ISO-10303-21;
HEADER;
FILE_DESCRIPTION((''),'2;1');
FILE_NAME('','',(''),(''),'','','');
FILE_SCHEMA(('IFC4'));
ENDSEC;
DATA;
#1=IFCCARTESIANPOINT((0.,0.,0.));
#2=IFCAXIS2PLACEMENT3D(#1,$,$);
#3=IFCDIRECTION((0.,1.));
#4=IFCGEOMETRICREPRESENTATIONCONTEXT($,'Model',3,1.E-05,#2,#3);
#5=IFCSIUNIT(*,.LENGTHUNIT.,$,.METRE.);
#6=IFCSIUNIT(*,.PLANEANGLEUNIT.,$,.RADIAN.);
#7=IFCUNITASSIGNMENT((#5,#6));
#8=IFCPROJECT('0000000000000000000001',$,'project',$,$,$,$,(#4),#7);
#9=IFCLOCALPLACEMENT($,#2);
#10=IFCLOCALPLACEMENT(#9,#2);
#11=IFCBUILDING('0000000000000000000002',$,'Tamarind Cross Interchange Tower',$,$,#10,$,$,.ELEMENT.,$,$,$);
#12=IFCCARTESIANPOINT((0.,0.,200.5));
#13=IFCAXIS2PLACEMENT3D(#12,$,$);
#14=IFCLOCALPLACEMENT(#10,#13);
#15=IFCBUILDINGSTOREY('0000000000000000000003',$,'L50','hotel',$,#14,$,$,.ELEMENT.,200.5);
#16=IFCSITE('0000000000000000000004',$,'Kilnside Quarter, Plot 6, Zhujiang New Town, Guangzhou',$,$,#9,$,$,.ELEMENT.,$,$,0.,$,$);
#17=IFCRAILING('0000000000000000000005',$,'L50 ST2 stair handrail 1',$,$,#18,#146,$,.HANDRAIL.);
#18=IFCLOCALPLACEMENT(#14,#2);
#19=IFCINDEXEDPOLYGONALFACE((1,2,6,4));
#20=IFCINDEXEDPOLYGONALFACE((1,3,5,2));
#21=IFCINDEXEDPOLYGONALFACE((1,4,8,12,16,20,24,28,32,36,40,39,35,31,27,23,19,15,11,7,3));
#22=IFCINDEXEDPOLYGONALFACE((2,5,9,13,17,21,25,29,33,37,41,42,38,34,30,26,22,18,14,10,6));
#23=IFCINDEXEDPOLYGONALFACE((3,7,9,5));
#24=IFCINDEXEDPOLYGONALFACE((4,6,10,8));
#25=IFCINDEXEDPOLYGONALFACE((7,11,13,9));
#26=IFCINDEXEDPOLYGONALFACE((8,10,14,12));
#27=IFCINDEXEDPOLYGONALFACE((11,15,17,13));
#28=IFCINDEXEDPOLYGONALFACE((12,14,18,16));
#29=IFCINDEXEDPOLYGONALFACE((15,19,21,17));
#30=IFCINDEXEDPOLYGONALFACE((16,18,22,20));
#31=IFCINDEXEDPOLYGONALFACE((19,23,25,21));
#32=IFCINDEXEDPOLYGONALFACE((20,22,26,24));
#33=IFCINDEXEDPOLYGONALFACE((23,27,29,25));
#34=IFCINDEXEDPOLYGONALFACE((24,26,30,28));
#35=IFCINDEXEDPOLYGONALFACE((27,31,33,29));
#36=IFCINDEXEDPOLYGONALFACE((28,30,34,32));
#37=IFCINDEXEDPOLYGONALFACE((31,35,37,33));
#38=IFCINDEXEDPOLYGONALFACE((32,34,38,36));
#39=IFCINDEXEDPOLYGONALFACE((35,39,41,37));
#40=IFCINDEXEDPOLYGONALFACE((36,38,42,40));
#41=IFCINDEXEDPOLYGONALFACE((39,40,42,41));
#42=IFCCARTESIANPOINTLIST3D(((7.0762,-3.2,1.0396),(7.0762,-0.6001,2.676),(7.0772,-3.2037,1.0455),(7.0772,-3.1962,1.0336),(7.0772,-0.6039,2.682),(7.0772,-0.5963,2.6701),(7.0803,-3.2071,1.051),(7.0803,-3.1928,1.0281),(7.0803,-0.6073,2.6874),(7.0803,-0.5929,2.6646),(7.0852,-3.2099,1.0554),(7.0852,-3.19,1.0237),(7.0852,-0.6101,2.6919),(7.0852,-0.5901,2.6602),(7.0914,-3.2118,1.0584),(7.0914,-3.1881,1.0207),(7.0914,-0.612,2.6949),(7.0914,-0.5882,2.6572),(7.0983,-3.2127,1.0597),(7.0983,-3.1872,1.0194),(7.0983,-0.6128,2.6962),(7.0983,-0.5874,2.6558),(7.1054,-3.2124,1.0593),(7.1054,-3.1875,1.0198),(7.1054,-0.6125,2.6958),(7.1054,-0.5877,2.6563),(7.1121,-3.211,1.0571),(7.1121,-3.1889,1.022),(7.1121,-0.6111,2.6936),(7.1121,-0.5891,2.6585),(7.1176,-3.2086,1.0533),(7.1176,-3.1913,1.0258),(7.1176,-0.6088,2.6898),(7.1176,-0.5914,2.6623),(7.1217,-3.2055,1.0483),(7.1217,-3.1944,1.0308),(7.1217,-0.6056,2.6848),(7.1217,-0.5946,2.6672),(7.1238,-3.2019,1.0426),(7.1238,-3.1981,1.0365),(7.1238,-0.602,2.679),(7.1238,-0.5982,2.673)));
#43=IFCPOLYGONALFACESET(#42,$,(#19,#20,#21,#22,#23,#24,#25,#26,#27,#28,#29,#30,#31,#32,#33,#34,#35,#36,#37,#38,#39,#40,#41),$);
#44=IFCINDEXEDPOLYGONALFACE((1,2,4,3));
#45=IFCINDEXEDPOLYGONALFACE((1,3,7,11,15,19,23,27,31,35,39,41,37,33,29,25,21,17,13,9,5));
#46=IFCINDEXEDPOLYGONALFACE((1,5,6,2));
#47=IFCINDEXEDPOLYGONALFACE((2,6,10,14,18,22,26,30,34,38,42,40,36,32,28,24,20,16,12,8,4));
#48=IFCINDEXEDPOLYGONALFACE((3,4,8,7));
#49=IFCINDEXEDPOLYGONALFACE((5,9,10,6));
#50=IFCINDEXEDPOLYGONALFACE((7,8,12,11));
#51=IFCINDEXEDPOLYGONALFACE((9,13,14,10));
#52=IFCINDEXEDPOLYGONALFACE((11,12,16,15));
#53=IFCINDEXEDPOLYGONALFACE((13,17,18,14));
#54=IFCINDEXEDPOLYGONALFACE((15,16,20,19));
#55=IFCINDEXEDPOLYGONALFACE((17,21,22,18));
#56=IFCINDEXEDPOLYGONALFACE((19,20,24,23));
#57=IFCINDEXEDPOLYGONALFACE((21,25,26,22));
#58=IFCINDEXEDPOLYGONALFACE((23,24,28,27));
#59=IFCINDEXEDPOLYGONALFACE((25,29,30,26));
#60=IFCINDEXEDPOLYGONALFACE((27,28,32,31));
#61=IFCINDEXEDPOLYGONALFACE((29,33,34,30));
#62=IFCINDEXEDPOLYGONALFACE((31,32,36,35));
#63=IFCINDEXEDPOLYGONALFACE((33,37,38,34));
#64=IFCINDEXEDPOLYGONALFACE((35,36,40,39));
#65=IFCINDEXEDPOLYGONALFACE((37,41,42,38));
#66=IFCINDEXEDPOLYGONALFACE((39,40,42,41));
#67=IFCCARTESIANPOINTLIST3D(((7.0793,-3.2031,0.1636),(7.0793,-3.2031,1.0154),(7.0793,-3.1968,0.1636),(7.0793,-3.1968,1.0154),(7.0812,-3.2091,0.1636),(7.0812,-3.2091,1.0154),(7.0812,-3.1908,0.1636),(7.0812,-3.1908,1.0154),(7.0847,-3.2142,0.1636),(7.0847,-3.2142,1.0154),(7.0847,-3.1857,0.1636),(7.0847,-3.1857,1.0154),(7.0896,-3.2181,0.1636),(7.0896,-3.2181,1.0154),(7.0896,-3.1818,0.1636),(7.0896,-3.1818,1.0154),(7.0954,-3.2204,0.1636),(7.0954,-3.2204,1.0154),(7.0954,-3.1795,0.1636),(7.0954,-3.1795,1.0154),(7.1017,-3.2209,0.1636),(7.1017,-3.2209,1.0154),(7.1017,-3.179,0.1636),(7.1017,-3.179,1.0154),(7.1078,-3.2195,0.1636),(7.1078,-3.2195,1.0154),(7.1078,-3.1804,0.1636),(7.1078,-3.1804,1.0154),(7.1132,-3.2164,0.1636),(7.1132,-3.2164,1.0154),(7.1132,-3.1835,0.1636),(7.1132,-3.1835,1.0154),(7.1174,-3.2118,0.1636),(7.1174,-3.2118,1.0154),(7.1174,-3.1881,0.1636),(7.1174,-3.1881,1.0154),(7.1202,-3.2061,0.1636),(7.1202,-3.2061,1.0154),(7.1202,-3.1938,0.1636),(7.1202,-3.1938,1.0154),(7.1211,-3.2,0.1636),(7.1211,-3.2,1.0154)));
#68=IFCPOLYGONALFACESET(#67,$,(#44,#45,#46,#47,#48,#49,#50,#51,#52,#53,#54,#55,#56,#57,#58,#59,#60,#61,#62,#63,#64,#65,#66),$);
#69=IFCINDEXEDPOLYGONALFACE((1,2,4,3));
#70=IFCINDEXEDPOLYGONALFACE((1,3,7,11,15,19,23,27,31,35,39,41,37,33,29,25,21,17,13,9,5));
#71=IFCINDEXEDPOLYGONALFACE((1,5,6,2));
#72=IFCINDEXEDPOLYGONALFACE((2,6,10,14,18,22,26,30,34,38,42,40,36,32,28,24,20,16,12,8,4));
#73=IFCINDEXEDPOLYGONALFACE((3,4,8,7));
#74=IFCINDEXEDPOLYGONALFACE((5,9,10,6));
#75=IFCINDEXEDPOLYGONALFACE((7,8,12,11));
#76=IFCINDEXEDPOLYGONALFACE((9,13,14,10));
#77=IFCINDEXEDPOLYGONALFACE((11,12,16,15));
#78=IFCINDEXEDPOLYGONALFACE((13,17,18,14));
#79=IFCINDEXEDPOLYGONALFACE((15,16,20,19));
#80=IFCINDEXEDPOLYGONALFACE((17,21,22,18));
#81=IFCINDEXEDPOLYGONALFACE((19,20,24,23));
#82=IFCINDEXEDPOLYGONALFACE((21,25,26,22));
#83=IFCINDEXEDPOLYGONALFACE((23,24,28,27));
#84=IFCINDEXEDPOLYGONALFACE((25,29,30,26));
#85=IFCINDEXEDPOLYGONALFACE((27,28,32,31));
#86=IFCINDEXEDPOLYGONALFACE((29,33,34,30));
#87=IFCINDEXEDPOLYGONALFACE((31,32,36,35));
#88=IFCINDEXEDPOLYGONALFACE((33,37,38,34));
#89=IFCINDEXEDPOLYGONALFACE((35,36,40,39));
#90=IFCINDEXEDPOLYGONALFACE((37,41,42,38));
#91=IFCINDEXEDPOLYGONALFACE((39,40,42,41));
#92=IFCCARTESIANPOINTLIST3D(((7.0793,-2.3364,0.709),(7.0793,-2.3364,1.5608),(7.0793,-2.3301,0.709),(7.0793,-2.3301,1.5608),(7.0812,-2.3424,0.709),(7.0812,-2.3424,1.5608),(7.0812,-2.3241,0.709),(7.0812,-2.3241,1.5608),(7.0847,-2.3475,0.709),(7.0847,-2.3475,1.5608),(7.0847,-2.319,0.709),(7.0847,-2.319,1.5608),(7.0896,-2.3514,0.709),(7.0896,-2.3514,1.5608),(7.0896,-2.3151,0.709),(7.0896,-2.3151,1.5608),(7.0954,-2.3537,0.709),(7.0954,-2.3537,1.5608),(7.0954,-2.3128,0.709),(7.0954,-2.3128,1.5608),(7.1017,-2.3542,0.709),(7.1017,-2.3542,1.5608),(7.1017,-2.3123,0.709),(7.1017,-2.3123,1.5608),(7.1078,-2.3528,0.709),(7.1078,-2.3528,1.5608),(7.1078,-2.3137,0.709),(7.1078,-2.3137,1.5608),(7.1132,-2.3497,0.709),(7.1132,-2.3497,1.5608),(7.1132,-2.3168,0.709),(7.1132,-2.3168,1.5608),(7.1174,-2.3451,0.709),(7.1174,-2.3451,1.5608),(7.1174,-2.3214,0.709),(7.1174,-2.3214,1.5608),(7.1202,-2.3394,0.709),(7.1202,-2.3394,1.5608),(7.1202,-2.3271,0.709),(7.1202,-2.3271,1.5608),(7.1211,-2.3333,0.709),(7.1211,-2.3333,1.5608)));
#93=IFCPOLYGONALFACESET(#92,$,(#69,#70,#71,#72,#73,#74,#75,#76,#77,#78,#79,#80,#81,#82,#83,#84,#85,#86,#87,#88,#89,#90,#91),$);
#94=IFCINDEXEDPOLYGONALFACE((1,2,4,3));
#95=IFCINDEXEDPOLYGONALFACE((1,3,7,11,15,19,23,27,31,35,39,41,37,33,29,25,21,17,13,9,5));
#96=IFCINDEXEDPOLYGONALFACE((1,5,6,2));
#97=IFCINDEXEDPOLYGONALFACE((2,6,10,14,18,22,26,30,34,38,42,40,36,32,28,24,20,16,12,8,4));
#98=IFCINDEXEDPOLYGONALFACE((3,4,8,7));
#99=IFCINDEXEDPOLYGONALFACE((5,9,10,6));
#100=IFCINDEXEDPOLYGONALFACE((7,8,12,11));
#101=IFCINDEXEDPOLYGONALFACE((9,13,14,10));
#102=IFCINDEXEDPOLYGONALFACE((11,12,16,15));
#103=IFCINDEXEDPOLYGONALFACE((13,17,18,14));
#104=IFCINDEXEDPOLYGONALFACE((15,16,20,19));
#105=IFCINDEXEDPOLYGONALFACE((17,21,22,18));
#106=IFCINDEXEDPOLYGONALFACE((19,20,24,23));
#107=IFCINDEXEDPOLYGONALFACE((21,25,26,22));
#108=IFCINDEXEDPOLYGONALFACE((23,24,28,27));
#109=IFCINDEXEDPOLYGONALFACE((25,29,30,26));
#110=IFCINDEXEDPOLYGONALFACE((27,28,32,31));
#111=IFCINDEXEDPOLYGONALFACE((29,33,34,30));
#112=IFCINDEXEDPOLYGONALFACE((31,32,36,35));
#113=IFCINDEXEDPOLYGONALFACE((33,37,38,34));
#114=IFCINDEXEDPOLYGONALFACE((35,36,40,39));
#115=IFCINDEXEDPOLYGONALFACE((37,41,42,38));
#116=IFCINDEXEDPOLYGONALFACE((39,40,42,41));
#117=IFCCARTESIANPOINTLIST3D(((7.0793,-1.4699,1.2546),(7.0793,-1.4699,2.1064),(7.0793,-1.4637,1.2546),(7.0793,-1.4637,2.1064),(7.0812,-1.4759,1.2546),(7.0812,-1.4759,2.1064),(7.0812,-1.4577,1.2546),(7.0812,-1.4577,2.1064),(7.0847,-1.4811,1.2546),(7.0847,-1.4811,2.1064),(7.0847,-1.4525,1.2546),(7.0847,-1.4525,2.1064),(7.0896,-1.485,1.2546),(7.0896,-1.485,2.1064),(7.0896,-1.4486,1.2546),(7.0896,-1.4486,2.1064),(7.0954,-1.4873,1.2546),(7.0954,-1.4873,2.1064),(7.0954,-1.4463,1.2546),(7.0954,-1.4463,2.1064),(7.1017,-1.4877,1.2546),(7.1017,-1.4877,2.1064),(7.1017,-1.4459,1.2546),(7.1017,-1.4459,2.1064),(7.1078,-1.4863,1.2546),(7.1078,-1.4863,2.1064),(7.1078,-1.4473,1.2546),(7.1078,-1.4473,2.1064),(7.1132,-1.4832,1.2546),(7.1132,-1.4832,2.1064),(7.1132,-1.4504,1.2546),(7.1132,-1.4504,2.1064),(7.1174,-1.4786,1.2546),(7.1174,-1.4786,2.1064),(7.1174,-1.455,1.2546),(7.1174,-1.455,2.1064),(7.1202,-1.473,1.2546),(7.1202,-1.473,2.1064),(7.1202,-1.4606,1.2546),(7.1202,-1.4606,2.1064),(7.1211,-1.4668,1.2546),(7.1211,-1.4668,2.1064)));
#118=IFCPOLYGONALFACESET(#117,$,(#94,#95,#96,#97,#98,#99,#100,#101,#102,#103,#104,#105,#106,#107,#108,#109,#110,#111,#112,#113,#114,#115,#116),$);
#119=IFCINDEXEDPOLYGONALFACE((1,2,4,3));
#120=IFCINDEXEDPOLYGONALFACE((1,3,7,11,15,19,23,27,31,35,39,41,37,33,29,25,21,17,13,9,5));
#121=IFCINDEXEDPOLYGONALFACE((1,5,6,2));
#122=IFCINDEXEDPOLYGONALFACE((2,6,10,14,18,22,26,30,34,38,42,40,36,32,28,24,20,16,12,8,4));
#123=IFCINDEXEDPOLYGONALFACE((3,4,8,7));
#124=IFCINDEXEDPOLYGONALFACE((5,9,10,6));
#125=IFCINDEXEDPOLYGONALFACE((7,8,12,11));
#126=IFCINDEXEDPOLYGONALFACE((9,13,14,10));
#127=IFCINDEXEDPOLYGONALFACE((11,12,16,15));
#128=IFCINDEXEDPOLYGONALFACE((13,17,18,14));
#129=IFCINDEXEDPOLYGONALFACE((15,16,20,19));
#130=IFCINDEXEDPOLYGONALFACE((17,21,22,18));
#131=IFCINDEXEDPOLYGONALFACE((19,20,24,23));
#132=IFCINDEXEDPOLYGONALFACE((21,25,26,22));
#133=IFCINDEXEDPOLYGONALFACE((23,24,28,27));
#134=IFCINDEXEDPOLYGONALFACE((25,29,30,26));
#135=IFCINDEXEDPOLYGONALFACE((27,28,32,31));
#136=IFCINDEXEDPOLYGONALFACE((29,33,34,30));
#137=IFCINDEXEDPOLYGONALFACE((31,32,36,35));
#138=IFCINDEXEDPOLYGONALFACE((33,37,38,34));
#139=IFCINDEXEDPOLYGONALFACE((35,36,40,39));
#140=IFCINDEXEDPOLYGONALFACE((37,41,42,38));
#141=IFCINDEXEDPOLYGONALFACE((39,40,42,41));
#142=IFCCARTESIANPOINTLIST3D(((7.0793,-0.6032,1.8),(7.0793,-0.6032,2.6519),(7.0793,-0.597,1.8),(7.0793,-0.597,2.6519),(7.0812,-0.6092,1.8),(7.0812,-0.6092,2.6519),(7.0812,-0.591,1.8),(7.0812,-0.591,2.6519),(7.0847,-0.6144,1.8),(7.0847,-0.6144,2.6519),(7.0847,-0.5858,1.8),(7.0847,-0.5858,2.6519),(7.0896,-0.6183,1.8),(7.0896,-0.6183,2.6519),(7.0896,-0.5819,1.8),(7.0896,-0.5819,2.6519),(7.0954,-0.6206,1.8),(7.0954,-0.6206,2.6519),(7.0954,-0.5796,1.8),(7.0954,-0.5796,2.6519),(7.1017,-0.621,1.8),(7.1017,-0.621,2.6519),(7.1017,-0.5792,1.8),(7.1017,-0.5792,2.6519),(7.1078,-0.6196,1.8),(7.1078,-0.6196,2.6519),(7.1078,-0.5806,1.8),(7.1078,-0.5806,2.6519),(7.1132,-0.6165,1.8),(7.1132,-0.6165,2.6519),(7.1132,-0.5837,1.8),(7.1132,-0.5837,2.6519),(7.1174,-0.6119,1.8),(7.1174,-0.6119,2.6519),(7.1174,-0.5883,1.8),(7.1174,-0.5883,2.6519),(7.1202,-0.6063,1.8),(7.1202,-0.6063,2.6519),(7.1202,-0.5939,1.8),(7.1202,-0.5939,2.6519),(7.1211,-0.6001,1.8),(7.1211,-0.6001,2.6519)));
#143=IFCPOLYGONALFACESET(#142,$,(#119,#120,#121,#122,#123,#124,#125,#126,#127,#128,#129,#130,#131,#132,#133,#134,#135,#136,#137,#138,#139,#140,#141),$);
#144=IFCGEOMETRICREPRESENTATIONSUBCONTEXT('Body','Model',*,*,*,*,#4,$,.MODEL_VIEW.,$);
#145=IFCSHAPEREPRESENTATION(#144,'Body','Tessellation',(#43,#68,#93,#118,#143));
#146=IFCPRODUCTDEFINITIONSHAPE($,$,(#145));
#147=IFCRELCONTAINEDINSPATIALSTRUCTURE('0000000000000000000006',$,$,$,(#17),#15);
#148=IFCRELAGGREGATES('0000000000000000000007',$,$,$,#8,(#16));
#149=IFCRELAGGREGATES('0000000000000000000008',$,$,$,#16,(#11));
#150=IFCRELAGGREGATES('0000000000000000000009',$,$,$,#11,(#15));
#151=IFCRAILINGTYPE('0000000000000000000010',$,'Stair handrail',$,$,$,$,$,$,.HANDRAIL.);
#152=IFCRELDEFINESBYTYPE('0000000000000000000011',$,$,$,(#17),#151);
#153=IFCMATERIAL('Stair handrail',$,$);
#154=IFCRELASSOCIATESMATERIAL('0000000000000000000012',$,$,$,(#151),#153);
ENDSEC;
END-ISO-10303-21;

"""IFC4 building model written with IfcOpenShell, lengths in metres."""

from ifc_helpers import new_model, si_unit, direction, frame, origin, origin_2d, place, context, subcontext, project, spatial, circle, extrude, material, type_object, element, save


model = new_model("IFC4")

# Units and contexts
model_context = context("Model", 3, precision=1e-05, world=origin(), true_north=direction((0.0, 1.0)))
body_context = subcontext(model_context, "Body", "Model", "MODEL_VIEW")
ifc_project = project(units=[si_unit("LENGTHUNIT", "METRE"), si_unit("PLANEANGLEUNIT", "RADIAN")], contexts=[model_context])

# Site, building, storey
site_placement = place(None, origin())
site = spatial("IfcSite", under=ifc_project, at=site_placement, Name="Kilnside Quarter, Plot 6, Zhujiang New Town, Guangzhou", CompositionType="ELEMENT", RefElevation=0.0)
building_placement = place(site_placement, origin())
building = spatial("IfcBuilding", under=site, at=building_placement, Name="Tamarind Cross Interchange Tower", CompositionType="ELEMENT")
storey_placement = place(building_placement, frame((0.0, 0.0, 200.5)))
storey = spatial("IfcBuildingStorey", under=building, at=storey_placement, Name="L50", Description="hotel", CompositionType="ELEMENT", Elevation=200.5)

# Railing
ifc_material_1 = material(Name="Stair handrail")
railing_type_1 = type_object("IfcRailingType", Name="Stair handrail", PredefinedType="HANDRAIL", material=ifc_material_1)
railing_1_placement = place(storey_placement, frame((7.1001, -3.2, 0.1636)))
element("IfcRailing", 1, at=railing_1_placement, inside=storey, type_object=railing_type_1, Name="L50 ST2 stair handrail 1", PredefinedType="HANDRAIL", context=body_context, shape_type="SweptSolid", body=[
    extrude(circle(Radius=0.0239, at=origin_2d()), frame((0.0, 0.0, 0.876), z_axis=(0.0, 0.846302, 0.532704), x_axis=(-1.0, 0.0, 0.0)), (0.0, 0.0, 1.0), 3.072),
    extrude(circle(Radius=0.021, at=origin_2d()), origin(), (0.0, 0.0, 1.0), 0.8518),
    extrude(circle(Radius=0.021, at=origin_2d()), frame((0.0, 0.8667, 0.5454)), (0.0, 0.0, 1.0), 0.8518),
    extrude(circle(Radius=0.021, at=origin_2d()), frame((0.0, 1.7332, 1.0911)), (0.0, 0.0, 1.0), 0.8518),
    extrude(circle(Radius=0.021, at=origin_2d()), frame((0.0, 2.5999, 1.6365)), (0.0, 0.0, 1.0), 0.8518),
])

save(model, "model.ifc")
